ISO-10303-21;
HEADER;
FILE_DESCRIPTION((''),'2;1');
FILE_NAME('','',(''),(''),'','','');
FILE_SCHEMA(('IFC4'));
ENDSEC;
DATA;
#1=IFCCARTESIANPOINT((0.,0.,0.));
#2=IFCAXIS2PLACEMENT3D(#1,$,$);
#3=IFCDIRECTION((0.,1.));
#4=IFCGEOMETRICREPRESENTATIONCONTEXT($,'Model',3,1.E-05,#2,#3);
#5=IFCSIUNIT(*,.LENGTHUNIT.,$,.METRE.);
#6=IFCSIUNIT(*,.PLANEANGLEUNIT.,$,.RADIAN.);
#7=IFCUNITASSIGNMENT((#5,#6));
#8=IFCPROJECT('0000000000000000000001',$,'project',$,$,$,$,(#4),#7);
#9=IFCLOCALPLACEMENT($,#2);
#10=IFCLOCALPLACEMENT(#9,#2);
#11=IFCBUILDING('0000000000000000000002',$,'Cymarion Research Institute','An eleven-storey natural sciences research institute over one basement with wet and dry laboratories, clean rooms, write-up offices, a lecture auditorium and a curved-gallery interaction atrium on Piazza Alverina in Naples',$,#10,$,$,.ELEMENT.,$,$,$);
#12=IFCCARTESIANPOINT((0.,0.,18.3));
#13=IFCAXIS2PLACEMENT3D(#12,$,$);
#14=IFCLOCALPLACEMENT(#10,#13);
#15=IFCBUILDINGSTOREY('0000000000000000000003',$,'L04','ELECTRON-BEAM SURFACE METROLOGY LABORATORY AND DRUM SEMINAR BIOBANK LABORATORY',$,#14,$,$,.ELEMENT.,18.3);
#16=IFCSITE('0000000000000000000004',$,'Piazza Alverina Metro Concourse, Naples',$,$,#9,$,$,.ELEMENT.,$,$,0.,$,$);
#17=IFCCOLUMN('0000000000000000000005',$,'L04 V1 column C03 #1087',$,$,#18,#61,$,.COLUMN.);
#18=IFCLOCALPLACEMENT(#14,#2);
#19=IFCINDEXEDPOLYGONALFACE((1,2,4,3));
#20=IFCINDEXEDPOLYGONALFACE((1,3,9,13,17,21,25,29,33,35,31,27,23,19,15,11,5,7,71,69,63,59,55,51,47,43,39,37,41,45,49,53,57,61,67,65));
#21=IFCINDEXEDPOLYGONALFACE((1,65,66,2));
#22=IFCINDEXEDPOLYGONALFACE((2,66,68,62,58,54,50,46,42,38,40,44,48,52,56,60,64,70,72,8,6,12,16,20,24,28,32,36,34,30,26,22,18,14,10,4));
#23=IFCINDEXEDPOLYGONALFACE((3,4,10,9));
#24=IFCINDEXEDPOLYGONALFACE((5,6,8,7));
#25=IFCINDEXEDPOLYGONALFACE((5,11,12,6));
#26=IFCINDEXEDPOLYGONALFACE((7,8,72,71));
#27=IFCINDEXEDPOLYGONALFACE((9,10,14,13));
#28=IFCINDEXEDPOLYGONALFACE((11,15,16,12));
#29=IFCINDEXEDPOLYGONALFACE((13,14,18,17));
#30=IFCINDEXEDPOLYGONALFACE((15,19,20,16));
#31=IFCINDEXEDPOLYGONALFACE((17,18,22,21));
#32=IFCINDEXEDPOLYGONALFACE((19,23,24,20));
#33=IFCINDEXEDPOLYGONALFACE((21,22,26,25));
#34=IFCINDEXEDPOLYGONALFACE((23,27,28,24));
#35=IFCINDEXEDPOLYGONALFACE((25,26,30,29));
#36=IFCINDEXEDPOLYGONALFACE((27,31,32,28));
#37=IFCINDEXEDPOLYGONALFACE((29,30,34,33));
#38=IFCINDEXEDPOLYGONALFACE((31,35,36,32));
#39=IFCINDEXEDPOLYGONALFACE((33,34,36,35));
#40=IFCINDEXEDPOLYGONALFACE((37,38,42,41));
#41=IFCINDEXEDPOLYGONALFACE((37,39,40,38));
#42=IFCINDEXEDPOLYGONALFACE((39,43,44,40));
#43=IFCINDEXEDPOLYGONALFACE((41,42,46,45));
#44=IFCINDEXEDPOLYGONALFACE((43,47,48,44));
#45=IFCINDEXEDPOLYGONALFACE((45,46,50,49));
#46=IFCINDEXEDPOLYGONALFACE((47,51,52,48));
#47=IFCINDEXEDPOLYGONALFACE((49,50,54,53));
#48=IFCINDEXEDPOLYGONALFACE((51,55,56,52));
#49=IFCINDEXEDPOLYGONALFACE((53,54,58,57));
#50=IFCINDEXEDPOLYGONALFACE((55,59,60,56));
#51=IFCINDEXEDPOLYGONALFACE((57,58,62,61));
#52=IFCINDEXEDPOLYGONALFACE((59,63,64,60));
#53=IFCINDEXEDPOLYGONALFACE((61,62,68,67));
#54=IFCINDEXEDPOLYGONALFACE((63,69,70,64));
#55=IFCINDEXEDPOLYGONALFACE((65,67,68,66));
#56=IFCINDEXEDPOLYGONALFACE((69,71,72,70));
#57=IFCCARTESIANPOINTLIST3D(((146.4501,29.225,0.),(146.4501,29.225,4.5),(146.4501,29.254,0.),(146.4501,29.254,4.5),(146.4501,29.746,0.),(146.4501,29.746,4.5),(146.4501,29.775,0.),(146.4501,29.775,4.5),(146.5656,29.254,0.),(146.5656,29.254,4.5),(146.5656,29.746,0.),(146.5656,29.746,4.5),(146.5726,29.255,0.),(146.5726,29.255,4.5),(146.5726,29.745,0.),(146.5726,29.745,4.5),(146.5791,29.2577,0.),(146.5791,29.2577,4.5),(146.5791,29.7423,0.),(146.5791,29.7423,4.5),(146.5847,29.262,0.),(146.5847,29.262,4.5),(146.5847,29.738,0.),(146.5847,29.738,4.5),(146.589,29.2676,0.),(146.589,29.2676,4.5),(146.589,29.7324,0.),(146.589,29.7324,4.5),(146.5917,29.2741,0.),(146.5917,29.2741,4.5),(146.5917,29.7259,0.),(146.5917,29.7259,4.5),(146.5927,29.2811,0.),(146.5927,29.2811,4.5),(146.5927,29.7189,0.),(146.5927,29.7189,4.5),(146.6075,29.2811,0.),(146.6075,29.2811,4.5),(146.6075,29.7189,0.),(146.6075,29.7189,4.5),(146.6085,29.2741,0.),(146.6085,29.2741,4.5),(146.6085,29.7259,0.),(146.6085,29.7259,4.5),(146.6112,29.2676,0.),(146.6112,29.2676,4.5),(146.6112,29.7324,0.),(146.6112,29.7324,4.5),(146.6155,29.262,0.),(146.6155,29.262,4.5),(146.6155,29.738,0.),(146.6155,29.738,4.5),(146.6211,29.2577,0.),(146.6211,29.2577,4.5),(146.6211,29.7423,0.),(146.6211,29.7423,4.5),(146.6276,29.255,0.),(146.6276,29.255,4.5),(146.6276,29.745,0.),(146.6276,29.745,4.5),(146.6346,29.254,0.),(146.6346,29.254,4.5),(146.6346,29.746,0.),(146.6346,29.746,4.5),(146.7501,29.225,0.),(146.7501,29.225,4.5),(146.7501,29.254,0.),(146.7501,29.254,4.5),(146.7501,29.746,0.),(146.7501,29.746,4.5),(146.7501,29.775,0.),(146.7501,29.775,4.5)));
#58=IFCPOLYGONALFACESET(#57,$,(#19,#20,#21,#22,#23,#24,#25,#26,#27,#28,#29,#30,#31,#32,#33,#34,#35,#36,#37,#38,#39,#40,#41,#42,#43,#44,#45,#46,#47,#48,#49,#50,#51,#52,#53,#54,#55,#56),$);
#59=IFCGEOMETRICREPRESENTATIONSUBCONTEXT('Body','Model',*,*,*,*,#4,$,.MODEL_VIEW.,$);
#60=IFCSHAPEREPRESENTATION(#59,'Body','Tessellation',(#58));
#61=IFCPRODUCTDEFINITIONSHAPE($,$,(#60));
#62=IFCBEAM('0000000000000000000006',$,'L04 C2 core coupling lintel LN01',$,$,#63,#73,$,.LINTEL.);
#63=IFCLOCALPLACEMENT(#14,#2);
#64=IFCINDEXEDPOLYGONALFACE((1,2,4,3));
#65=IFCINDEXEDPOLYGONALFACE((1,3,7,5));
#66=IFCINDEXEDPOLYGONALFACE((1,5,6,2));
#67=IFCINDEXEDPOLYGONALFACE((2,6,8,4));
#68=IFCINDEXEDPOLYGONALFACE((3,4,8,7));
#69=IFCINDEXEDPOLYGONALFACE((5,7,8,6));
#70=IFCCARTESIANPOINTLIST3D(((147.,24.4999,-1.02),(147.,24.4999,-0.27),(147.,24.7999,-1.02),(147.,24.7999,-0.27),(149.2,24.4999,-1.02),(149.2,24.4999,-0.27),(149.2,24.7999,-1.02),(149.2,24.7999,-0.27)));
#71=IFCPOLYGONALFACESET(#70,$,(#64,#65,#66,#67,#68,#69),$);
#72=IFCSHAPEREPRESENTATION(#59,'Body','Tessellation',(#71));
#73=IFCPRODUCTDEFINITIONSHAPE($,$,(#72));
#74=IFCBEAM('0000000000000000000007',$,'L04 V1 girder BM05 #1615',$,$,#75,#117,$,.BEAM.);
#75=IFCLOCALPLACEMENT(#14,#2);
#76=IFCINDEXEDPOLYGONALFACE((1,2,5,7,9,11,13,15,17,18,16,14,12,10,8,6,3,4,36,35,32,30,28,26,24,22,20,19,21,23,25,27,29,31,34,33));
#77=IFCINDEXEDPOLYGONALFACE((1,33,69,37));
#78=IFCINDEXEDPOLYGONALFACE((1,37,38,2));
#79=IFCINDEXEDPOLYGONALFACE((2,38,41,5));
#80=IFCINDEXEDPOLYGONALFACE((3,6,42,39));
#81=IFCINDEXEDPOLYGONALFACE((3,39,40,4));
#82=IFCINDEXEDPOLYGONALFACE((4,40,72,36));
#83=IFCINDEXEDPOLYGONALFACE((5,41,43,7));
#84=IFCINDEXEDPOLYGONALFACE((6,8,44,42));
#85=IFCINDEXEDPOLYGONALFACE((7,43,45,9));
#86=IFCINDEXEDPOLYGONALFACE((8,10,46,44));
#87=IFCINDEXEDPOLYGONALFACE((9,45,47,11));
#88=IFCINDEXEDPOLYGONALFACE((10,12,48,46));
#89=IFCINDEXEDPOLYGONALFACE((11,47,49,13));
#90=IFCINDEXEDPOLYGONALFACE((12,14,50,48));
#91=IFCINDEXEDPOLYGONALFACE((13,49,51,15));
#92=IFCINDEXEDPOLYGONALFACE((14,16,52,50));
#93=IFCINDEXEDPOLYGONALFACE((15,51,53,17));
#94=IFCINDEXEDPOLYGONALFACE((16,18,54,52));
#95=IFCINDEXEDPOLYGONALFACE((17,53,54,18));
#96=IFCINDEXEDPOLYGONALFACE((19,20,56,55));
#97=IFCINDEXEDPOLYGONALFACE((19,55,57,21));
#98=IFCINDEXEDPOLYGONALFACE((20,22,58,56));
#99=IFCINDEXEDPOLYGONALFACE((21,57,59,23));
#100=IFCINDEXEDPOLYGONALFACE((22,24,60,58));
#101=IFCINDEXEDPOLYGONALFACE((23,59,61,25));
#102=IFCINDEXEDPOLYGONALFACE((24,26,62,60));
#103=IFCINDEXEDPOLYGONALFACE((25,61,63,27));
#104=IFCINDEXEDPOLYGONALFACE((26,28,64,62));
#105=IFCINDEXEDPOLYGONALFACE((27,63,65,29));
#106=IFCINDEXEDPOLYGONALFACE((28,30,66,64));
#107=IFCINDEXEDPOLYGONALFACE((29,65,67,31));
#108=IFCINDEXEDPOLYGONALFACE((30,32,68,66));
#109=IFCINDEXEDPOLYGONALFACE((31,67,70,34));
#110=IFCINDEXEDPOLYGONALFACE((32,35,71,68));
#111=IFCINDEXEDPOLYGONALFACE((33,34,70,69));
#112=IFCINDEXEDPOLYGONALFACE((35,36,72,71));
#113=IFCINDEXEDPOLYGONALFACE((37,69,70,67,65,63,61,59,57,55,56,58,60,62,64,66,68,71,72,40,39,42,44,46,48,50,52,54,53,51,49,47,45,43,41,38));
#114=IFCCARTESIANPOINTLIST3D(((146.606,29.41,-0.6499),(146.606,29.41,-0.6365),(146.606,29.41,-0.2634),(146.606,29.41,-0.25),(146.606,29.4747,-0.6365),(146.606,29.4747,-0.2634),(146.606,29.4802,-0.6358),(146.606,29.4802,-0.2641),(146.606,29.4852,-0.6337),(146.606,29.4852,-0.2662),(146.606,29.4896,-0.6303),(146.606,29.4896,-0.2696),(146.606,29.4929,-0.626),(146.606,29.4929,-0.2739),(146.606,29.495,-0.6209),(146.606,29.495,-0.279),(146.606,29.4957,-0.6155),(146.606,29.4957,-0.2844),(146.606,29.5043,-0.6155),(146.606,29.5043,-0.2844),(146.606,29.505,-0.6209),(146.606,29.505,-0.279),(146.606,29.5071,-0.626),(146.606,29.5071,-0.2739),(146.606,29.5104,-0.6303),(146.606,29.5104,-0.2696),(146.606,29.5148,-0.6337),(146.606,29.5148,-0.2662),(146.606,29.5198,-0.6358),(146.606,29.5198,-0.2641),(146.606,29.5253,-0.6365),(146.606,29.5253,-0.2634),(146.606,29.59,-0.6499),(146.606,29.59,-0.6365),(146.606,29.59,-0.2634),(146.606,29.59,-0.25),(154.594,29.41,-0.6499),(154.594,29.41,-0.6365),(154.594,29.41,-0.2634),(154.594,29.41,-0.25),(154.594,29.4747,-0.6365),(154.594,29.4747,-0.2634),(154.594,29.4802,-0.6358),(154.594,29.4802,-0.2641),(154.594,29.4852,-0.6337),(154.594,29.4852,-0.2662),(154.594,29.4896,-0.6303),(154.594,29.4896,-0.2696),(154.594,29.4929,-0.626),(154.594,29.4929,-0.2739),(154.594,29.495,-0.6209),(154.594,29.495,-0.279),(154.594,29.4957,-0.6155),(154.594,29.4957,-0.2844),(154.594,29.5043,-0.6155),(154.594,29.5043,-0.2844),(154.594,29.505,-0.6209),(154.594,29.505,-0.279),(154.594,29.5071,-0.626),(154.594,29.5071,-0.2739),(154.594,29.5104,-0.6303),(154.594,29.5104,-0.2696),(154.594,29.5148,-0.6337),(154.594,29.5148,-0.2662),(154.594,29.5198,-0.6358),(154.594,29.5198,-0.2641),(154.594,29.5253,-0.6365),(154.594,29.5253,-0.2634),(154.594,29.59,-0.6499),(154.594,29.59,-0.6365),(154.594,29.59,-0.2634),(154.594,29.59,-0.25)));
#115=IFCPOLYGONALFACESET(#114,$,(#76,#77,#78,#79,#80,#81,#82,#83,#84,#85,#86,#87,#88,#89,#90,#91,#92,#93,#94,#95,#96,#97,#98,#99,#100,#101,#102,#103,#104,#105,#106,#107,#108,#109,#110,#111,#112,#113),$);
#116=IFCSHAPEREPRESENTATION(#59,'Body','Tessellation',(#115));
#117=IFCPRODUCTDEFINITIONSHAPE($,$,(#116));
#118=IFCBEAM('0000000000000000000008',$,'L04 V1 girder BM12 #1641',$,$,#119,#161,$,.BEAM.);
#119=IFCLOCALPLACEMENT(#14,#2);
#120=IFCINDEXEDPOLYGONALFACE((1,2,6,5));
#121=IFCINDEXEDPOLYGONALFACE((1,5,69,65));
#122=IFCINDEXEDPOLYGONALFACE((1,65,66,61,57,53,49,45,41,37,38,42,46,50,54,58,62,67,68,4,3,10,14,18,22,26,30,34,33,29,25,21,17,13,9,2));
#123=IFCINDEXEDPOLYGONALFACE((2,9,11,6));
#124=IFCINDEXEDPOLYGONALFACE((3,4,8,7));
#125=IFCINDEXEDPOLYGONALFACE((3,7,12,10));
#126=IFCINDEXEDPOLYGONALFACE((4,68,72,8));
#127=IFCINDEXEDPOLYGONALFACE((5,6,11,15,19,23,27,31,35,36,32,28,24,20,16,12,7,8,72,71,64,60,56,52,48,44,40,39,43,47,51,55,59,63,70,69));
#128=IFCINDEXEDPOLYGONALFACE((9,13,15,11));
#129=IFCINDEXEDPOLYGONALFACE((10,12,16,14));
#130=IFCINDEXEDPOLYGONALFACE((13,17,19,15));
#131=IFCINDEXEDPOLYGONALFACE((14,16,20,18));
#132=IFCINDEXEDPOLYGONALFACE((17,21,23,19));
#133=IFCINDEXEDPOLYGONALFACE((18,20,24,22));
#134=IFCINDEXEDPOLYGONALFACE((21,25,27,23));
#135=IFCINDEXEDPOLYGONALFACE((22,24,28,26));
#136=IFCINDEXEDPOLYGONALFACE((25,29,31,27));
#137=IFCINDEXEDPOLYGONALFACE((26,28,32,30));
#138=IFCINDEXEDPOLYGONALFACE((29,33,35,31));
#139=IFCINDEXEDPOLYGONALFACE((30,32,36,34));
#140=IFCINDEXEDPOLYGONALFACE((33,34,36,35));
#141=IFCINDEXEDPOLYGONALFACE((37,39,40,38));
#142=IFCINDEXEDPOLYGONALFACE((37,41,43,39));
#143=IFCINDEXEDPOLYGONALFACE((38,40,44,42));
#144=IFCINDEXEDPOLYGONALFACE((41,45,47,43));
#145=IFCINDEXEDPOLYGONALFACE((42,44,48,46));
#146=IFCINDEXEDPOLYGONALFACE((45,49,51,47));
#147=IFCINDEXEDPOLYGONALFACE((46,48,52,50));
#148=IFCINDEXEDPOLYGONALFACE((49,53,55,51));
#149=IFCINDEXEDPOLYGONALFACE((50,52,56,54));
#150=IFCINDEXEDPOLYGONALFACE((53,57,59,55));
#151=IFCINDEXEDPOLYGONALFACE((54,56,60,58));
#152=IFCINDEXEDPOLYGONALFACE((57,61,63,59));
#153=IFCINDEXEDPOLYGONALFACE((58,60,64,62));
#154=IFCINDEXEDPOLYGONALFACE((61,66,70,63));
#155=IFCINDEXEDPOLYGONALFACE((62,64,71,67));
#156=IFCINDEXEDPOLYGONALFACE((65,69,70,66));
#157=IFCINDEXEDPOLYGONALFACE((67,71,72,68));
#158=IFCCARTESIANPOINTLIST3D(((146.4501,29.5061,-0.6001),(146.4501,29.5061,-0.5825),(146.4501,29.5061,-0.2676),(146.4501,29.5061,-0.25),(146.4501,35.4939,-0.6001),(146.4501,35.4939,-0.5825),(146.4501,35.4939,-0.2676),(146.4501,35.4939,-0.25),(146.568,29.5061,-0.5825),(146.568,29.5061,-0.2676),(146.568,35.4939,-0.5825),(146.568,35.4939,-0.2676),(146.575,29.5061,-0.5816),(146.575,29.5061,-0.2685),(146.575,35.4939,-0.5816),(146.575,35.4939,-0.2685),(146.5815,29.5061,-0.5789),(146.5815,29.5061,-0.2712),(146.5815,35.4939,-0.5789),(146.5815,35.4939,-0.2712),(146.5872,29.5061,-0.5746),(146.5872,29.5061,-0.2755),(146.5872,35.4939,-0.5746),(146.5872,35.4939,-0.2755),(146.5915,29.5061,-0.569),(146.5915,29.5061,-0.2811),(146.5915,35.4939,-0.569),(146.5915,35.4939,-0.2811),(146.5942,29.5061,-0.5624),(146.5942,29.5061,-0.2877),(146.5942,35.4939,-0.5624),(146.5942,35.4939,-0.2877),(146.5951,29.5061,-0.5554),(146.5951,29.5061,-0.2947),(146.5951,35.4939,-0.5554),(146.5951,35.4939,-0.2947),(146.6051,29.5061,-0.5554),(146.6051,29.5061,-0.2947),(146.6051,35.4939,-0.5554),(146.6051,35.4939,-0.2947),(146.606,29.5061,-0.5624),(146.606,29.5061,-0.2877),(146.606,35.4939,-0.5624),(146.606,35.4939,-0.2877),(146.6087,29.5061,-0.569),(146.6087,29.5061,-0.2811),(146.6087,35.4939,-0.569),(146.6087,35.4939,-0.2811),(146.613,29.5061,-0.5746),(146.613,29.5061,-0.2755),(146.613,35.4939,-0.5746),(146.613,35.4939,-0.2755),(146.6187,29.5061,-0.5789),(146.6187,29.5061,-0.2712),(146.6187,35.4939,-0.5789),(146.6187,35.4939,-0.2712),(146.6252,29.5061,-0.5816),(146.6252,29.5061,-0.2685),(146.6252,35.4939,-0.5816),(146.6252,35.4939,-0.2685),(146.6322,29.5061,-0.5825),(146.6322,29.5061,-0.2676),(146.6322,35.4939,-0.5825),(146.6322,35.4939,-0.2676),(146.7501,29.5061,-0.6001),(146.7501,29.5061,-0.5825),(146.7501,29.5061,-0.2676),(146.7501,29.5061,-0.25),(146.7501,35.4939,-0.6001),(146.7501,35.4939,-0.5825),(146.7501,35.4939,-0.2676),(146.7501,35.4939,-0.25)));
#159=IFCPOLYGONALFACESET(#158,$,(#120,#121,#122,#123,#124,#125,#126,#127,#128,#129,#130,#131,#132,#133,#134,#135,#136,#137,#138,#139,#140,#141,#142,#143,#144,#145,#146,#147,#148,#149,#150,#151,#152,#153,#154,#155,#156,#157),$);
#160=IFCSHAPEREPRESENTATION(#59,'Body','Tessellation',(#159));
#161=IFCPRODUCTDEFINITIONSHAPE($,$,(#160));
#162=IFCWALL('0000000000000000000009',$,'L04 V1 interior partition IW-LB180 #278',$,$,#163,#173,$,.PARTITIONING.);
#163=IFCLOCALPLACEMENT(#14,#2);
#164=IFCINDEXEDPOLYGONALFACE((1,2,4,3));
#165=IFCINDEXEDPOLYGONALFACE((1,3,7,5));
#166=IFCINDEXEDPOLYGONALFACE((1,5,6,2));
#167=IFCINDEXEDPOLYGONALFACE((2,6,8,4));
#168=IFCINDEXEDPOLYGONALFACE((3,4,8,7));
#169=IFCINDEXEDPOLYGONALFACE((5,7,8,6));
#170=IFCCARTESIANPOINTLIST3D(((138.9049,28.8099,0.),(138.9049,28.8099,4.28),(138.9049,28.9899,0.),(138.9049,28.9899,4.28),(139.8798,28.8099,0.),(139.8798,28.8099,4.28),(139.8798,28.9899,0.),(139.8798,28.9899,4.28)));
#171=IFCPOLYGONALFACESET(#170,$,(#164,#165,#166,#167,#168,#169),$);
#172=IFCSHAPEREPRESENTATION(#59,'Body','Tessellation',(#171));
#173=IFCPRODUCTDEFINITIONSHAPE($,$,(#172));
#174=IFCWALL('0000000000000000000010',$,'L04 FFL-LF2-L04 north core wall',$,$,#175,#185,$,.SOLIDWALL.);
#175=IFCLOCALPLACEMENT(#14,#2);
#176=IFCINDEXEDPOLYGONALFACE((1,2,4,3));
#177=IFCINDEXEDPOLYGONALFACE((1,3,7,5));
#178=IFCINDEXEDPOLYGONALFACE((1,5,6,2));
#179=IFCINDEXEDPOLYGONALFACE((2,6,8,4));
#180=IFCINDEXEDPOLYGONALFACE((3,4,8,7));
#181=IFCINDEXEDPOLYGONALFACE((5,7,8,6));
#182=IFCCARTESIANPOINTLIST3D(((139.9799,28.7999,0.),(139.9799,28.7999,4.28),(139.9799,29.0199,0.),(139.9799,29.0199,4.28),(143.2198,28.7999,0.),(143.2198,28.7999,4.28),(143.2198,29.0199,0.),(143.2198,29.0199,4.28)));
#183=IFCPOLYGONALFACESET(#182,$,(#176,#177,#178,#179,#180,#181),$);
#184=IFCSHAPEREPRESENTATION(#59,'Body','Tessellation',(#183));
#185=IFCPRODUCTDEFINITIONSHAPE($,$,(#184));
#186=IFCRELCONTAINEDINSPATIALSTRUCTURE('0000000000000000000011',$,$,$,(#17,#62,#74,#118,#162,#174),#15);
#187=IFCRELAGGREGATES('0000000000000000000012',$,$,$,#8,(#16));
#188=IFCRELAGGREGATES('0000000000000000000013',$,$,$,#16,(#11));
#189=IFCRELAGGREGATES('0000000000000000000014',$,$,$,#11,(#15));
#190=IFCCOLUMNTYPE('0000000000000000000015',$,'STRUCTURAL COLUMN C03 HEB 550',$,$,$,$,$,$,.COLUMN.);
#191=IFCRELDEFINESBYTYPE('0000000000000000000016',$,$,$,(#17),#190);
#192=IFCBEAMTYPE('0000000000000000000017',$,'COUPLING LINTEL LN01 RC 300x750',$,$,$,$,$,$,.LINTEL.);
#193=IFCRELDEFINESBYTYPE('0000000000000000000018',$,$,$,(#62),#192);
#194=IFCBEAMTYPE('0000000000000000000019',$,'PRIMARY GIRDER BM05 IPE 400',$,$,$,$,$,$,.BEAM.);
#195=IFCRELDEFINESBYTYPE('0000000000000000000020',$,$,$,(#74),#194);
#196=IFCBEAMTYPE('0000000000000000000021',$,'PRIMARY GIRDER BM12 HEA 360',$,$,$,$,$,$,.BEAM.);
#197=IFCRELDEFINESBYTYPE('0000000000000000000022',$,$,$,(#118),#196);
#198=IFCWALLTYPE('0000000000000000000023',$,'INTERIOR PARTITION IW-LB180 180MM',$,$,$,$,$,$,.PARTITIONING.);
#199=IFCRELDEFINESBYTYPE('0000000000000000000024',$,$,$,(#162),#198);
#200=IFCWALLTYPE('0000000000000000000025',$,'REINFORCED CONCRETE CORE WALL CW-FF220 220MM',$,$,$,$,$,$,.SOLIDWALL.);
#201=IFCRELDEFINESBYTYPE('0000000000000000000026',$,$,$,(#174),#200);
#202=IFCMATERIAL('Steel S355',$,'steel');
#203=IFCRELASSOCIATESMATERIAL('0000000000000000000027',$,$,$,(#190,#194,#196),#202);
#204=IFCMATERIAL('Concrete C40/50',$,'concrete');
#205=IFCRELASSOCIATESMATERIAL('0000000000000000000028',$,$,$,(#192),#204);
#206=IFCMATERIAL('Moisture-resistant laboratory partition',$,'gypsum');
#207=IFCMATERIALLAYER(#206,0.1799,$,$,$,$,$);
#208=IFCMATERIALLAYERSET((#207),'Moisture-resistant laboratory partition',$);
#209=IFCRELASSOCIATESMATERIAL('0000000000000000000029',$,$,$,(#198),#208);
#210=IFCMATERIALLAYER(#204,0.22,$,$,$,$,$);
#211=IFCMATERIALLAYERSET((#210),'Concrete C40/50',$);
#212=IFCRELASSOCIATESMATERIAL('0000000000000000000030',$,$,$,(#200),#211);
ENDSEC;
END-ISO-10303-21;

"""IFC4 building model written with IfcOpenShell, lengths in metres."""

from ifc_helpers import new_model, si_unit, direction, frame, frame_2d, origin, origin_2d, place, context, subcontext, project, spatial, rectangle, i_section, extrude, material, layer, layer_set, material_profile, profile_set, type_object, element, save


model = new_model("IFC4")

# Units and contexts
model_context = context("Model", 3, precision=1e-05, world=origin(), true_north=direction((0.0, 1.0)))
body_context = subcontext(model_context, "Body", "Model", "MODEL_VIEW")
ifc_project = project(units=[si_unit("LENGTHUNIT", "METRE"), si_unit("PLANEANGLEUNIT", "RADIAN")], contexts=[model_context])

# Site, building, storey
site_placement = place(None, origin())
site = spatial("IfcSite", under=ifc_project, at=site_placement, Name="Piazza Alverina Metro Concourse, Naples", CompositionType="ELEMENT", RefElevation=0.0)
building_placement = place(site_placement, origin())
building = spatial("IfcBuilding", under=site, at=building_placement, Name="Cymarion Research Institute", Description="An eleven-storey natural sciences research institute over one basement with wet and dry laboratories, clean rooms, write-up offices, a lecture auditorium and a curved-gallery interaction atrium on Piazza Alverina in Naples", CompositionType="ELEMENT")
storey_placement = place(building_placement, frame((0.0, 0.0, 18.3)))
storey = spatial("IfcBuildingStorey", under=building, at=storey_placement, Name="L04", Description="ELECTRON-BEAM SURFACE METROLOGY LABORATORY AND DRUM SEMINAR BIOBANK LABORATORY", CompositionType="ELEMENT", Elevation=18.3)

# Column
ifc_material_1 = material(Name="Steel S355", Category="steel")
ifc_material_profile_1 = material_profile(ifc_material_1, i_section(OverallWidth=0.3, OverallDepth=0.55, WebThickness=0.0149, FlangeThickness=0.0291, FilletRadius=0.0271, at=origin_2d()), Name="HEB 550")
ifc_profile_set_1 = profile_set([ifc_material_profile_1], Name="Steel S355")
column_type = type_object("IfcColumnType", Name="STRUCTURAL COLUMN C03 HEB 550", PredefinedType="COLUMN", material=ifc_profile_set_1)
column_placement = place(storey_placement, frame((146.6001, 29.5, 0.0), z_axis=(0.0, 0.0, 1.0), x_axis=(1.0, 0.0, 0.0)))
element("IfcColumn", 1, at=column_placement, inside=storey, type_object=column_type, Name="L04 V1 column C03 #1087", PredefinedType="COLUMN", context=body_context, shape_type="SweptSolid", body=[
    extrude(i_section(OverallWidth=0.3, OverallDepth=0.55, WebThickness=0.0149, FlangeThickness=0.0291, FilletRadius=0.0271, at=origin_2d()), origin(), (0.0, 0.0, 1.0), 4.5),
])

# Beams
ifc_material_2 = material(Name="Concrete C40/50", Category="concrete")
ifc_material_profile_2 = material_profile(ifc_material_2, rectangle(XDim=0.3, YDim=0.75, at=origin_2d()), Name="RC 300x750")
ifc_profile_set_2 = profile_set([ifc_material_profile_2], Name="Concrete C40/50")
beam_type_1 = type_object("IfcBeamType", Name="COUPLING LINTEL LN01 RC 300x750", PredefinedType="LINTEL", material=ifc_profile_set_2)
beam_1_placement = place(storey_placement, frame((147.0, 24.6499, -0.645), z_axis=(1.0, 0.0, 0.0), x_axis=(0.0, 1.0, 0.0)))
element("IfcBeam", 2, at=beam_1_placement, inside=storey, type_object=beam_type_1, Name="L04 C2 core coupling lintel LN01", PredefinedType="LINTEL", context=body_context, shape_type="SweptSolid", body=[
    extrude(rectangle(XDim=0.3, YDim=0.75, at=origin_2d()), origin(), (0.0, 0.0, 1.0), 2.2),
])
ifc_material_profile_3 = material_profile(ifc_material_1, i_section(OverallWidth=0.1799, OverallDepth=0.3999, WebThickness=0.0085, FlangeThickness=0.0134, FilletRadius=0.021, at=origin_2d()), Name="IPE 400")
ifc_profile_set_3 = profile_set([ifc_material_profile_3], Name="Steel S355")
beam_type_2 = type_object("IfcBeamType", Name="PRIMARY GIRDER BM05 IPE 400", PredefinedType="BEAM", material=ifc_profile_set_3)
beam_2_placement = place(storey_placement, frame((146.606, 29.5, -0.45), z_axis=(1.0, 0.0, 0.0), x_axis=(0.0, 1.0, 0.0)))
element("IfcBeam", 3, at=beam_2_placement, inside=storey, type_object=beam_type_2, Name="L04 V1 girder BM05 #1615", PredefinedType="BEAM", context=body_context, shape_type="SweptSolid", body=[
    extrude(i_section(OverallWidth=0.1799, OverallDepth=0.3999, WebThickness=0.0085, FlangeThickness=0.0134, FilletRadius=0.021, at=origin_2d()), origin(), (0.0, 0.0, 1.0), 7.988),
])
ifc_material_profile_4 = material_profile(ifc_material_1, i_section(OverallWidth=0.3, OverallDepth=0.3501, WebThickness=0.01, FlangeThickness=0.0176, FilletRadius=0.0271, at=origin_2d()), Name="HEA 360")
ifc_profile_set_4 = profile_set([ifc_material_profile_4], Name="Steel S355")
beam_type_3 = type_object("IfcBeamType", Name="PRIMARY GIRDER BM12 HEA 360", PredefinedType="BEAM", material=ifc_profile_set_4)
beam_3_placement = place(storey_placement, frame((146.6001, 29.5061, -0.425), z_axis=(0.0, 1.0, 0.0), x_axis=(-1.0, 0.0, 0.0)))
element("IfcBeam", 4, at=beam_3_placement, inside=storey, type_object=beam_type_3, Name="L04 V1 girder BM12 #1641", PredefinedType="BEAM", context=body_context, shape_type="SweptSolid", body=[
    extrude(i_section(OverallWidth=0.3, OverallDepth=0.3501, WebThickness=0.01, FlangeThickness=0.0176, FilletRadius=0.0271, at=origin_2d()), origin(), (0.0, 0.0, 1.0), 5.9878),
])

# Walls
ifc_material_3 = material(Name="Moisture-resistant laboratory partition", Category="gypsum")
ifc_layer_1 = layer(ifc_material_3, 0.1799)
ifc_layer_set_1 = layer_set([ifc_layer_1], Name="Moisture-resistant laboratory partition")
wall_type_1 = type_object("IfcWallType", Name="INTERIOR PARTITION IW-LB180 180MM", PredefinedType="PARTITIONING", material=ifc_layer_set_1)
wall_1_placement = place(storey_placement, frame((138.905, 28.8999, 0.0), z_axis=(0.0, 0.0, 1.0), x_axis=(1.0, 0.0, 0.0)))
element("IfcWall", 5, at=wall_1_placement, inside=storey, type_object=wall_type_1, Name="L04 V1 interior partition IW-LB180 #278", PredefinedType="PARTITIONING", context=body_context, shape_type="SweptSolid", body=[
    extrude(rectangle(XDim=0.9749, YDim=0.1799, at=frame_2d((0.4873, 0.0))), origin(), (0.0, 0.0, 1.0), 4.28),
])
ifc_layer_2 = layer(ifc_material_2, 0.22)
ifc_layer_set_2 = layer_set([ifc_layer_2], Name="Concrete C40/50")
wall_type_2 = type_object("IfcWallType", Name="REINFORCED CONCRETE CORE WALL CW-FF220 220MM", PredefinedType="SOLIDWALL", material=ifc_layer_set_2)
wall_2_placement = place(storey_placement, frame((143.22, 28.9099, 0.0), z_axis=(0.0, 0.0, 1.0), x_axis=(-1.0, 0.0, 0.0)))
element("IfcWall", 6, at=wall_2_placement, inside=storey, type_object=wall_type_2, Name="L04 FFL-LF2-L04 north core wall", PredefinedType="SOLIDWALL", context=body_context, shape_type="SweptSolid", body=[
    extrude(rectangle(XDim=3.24, YDim=0.22, at=frame_2d((1.6201, 0.0))), origin(), (0.0, 0.0, 1.0), 4.28),
])

save(model, "model.ifc")
